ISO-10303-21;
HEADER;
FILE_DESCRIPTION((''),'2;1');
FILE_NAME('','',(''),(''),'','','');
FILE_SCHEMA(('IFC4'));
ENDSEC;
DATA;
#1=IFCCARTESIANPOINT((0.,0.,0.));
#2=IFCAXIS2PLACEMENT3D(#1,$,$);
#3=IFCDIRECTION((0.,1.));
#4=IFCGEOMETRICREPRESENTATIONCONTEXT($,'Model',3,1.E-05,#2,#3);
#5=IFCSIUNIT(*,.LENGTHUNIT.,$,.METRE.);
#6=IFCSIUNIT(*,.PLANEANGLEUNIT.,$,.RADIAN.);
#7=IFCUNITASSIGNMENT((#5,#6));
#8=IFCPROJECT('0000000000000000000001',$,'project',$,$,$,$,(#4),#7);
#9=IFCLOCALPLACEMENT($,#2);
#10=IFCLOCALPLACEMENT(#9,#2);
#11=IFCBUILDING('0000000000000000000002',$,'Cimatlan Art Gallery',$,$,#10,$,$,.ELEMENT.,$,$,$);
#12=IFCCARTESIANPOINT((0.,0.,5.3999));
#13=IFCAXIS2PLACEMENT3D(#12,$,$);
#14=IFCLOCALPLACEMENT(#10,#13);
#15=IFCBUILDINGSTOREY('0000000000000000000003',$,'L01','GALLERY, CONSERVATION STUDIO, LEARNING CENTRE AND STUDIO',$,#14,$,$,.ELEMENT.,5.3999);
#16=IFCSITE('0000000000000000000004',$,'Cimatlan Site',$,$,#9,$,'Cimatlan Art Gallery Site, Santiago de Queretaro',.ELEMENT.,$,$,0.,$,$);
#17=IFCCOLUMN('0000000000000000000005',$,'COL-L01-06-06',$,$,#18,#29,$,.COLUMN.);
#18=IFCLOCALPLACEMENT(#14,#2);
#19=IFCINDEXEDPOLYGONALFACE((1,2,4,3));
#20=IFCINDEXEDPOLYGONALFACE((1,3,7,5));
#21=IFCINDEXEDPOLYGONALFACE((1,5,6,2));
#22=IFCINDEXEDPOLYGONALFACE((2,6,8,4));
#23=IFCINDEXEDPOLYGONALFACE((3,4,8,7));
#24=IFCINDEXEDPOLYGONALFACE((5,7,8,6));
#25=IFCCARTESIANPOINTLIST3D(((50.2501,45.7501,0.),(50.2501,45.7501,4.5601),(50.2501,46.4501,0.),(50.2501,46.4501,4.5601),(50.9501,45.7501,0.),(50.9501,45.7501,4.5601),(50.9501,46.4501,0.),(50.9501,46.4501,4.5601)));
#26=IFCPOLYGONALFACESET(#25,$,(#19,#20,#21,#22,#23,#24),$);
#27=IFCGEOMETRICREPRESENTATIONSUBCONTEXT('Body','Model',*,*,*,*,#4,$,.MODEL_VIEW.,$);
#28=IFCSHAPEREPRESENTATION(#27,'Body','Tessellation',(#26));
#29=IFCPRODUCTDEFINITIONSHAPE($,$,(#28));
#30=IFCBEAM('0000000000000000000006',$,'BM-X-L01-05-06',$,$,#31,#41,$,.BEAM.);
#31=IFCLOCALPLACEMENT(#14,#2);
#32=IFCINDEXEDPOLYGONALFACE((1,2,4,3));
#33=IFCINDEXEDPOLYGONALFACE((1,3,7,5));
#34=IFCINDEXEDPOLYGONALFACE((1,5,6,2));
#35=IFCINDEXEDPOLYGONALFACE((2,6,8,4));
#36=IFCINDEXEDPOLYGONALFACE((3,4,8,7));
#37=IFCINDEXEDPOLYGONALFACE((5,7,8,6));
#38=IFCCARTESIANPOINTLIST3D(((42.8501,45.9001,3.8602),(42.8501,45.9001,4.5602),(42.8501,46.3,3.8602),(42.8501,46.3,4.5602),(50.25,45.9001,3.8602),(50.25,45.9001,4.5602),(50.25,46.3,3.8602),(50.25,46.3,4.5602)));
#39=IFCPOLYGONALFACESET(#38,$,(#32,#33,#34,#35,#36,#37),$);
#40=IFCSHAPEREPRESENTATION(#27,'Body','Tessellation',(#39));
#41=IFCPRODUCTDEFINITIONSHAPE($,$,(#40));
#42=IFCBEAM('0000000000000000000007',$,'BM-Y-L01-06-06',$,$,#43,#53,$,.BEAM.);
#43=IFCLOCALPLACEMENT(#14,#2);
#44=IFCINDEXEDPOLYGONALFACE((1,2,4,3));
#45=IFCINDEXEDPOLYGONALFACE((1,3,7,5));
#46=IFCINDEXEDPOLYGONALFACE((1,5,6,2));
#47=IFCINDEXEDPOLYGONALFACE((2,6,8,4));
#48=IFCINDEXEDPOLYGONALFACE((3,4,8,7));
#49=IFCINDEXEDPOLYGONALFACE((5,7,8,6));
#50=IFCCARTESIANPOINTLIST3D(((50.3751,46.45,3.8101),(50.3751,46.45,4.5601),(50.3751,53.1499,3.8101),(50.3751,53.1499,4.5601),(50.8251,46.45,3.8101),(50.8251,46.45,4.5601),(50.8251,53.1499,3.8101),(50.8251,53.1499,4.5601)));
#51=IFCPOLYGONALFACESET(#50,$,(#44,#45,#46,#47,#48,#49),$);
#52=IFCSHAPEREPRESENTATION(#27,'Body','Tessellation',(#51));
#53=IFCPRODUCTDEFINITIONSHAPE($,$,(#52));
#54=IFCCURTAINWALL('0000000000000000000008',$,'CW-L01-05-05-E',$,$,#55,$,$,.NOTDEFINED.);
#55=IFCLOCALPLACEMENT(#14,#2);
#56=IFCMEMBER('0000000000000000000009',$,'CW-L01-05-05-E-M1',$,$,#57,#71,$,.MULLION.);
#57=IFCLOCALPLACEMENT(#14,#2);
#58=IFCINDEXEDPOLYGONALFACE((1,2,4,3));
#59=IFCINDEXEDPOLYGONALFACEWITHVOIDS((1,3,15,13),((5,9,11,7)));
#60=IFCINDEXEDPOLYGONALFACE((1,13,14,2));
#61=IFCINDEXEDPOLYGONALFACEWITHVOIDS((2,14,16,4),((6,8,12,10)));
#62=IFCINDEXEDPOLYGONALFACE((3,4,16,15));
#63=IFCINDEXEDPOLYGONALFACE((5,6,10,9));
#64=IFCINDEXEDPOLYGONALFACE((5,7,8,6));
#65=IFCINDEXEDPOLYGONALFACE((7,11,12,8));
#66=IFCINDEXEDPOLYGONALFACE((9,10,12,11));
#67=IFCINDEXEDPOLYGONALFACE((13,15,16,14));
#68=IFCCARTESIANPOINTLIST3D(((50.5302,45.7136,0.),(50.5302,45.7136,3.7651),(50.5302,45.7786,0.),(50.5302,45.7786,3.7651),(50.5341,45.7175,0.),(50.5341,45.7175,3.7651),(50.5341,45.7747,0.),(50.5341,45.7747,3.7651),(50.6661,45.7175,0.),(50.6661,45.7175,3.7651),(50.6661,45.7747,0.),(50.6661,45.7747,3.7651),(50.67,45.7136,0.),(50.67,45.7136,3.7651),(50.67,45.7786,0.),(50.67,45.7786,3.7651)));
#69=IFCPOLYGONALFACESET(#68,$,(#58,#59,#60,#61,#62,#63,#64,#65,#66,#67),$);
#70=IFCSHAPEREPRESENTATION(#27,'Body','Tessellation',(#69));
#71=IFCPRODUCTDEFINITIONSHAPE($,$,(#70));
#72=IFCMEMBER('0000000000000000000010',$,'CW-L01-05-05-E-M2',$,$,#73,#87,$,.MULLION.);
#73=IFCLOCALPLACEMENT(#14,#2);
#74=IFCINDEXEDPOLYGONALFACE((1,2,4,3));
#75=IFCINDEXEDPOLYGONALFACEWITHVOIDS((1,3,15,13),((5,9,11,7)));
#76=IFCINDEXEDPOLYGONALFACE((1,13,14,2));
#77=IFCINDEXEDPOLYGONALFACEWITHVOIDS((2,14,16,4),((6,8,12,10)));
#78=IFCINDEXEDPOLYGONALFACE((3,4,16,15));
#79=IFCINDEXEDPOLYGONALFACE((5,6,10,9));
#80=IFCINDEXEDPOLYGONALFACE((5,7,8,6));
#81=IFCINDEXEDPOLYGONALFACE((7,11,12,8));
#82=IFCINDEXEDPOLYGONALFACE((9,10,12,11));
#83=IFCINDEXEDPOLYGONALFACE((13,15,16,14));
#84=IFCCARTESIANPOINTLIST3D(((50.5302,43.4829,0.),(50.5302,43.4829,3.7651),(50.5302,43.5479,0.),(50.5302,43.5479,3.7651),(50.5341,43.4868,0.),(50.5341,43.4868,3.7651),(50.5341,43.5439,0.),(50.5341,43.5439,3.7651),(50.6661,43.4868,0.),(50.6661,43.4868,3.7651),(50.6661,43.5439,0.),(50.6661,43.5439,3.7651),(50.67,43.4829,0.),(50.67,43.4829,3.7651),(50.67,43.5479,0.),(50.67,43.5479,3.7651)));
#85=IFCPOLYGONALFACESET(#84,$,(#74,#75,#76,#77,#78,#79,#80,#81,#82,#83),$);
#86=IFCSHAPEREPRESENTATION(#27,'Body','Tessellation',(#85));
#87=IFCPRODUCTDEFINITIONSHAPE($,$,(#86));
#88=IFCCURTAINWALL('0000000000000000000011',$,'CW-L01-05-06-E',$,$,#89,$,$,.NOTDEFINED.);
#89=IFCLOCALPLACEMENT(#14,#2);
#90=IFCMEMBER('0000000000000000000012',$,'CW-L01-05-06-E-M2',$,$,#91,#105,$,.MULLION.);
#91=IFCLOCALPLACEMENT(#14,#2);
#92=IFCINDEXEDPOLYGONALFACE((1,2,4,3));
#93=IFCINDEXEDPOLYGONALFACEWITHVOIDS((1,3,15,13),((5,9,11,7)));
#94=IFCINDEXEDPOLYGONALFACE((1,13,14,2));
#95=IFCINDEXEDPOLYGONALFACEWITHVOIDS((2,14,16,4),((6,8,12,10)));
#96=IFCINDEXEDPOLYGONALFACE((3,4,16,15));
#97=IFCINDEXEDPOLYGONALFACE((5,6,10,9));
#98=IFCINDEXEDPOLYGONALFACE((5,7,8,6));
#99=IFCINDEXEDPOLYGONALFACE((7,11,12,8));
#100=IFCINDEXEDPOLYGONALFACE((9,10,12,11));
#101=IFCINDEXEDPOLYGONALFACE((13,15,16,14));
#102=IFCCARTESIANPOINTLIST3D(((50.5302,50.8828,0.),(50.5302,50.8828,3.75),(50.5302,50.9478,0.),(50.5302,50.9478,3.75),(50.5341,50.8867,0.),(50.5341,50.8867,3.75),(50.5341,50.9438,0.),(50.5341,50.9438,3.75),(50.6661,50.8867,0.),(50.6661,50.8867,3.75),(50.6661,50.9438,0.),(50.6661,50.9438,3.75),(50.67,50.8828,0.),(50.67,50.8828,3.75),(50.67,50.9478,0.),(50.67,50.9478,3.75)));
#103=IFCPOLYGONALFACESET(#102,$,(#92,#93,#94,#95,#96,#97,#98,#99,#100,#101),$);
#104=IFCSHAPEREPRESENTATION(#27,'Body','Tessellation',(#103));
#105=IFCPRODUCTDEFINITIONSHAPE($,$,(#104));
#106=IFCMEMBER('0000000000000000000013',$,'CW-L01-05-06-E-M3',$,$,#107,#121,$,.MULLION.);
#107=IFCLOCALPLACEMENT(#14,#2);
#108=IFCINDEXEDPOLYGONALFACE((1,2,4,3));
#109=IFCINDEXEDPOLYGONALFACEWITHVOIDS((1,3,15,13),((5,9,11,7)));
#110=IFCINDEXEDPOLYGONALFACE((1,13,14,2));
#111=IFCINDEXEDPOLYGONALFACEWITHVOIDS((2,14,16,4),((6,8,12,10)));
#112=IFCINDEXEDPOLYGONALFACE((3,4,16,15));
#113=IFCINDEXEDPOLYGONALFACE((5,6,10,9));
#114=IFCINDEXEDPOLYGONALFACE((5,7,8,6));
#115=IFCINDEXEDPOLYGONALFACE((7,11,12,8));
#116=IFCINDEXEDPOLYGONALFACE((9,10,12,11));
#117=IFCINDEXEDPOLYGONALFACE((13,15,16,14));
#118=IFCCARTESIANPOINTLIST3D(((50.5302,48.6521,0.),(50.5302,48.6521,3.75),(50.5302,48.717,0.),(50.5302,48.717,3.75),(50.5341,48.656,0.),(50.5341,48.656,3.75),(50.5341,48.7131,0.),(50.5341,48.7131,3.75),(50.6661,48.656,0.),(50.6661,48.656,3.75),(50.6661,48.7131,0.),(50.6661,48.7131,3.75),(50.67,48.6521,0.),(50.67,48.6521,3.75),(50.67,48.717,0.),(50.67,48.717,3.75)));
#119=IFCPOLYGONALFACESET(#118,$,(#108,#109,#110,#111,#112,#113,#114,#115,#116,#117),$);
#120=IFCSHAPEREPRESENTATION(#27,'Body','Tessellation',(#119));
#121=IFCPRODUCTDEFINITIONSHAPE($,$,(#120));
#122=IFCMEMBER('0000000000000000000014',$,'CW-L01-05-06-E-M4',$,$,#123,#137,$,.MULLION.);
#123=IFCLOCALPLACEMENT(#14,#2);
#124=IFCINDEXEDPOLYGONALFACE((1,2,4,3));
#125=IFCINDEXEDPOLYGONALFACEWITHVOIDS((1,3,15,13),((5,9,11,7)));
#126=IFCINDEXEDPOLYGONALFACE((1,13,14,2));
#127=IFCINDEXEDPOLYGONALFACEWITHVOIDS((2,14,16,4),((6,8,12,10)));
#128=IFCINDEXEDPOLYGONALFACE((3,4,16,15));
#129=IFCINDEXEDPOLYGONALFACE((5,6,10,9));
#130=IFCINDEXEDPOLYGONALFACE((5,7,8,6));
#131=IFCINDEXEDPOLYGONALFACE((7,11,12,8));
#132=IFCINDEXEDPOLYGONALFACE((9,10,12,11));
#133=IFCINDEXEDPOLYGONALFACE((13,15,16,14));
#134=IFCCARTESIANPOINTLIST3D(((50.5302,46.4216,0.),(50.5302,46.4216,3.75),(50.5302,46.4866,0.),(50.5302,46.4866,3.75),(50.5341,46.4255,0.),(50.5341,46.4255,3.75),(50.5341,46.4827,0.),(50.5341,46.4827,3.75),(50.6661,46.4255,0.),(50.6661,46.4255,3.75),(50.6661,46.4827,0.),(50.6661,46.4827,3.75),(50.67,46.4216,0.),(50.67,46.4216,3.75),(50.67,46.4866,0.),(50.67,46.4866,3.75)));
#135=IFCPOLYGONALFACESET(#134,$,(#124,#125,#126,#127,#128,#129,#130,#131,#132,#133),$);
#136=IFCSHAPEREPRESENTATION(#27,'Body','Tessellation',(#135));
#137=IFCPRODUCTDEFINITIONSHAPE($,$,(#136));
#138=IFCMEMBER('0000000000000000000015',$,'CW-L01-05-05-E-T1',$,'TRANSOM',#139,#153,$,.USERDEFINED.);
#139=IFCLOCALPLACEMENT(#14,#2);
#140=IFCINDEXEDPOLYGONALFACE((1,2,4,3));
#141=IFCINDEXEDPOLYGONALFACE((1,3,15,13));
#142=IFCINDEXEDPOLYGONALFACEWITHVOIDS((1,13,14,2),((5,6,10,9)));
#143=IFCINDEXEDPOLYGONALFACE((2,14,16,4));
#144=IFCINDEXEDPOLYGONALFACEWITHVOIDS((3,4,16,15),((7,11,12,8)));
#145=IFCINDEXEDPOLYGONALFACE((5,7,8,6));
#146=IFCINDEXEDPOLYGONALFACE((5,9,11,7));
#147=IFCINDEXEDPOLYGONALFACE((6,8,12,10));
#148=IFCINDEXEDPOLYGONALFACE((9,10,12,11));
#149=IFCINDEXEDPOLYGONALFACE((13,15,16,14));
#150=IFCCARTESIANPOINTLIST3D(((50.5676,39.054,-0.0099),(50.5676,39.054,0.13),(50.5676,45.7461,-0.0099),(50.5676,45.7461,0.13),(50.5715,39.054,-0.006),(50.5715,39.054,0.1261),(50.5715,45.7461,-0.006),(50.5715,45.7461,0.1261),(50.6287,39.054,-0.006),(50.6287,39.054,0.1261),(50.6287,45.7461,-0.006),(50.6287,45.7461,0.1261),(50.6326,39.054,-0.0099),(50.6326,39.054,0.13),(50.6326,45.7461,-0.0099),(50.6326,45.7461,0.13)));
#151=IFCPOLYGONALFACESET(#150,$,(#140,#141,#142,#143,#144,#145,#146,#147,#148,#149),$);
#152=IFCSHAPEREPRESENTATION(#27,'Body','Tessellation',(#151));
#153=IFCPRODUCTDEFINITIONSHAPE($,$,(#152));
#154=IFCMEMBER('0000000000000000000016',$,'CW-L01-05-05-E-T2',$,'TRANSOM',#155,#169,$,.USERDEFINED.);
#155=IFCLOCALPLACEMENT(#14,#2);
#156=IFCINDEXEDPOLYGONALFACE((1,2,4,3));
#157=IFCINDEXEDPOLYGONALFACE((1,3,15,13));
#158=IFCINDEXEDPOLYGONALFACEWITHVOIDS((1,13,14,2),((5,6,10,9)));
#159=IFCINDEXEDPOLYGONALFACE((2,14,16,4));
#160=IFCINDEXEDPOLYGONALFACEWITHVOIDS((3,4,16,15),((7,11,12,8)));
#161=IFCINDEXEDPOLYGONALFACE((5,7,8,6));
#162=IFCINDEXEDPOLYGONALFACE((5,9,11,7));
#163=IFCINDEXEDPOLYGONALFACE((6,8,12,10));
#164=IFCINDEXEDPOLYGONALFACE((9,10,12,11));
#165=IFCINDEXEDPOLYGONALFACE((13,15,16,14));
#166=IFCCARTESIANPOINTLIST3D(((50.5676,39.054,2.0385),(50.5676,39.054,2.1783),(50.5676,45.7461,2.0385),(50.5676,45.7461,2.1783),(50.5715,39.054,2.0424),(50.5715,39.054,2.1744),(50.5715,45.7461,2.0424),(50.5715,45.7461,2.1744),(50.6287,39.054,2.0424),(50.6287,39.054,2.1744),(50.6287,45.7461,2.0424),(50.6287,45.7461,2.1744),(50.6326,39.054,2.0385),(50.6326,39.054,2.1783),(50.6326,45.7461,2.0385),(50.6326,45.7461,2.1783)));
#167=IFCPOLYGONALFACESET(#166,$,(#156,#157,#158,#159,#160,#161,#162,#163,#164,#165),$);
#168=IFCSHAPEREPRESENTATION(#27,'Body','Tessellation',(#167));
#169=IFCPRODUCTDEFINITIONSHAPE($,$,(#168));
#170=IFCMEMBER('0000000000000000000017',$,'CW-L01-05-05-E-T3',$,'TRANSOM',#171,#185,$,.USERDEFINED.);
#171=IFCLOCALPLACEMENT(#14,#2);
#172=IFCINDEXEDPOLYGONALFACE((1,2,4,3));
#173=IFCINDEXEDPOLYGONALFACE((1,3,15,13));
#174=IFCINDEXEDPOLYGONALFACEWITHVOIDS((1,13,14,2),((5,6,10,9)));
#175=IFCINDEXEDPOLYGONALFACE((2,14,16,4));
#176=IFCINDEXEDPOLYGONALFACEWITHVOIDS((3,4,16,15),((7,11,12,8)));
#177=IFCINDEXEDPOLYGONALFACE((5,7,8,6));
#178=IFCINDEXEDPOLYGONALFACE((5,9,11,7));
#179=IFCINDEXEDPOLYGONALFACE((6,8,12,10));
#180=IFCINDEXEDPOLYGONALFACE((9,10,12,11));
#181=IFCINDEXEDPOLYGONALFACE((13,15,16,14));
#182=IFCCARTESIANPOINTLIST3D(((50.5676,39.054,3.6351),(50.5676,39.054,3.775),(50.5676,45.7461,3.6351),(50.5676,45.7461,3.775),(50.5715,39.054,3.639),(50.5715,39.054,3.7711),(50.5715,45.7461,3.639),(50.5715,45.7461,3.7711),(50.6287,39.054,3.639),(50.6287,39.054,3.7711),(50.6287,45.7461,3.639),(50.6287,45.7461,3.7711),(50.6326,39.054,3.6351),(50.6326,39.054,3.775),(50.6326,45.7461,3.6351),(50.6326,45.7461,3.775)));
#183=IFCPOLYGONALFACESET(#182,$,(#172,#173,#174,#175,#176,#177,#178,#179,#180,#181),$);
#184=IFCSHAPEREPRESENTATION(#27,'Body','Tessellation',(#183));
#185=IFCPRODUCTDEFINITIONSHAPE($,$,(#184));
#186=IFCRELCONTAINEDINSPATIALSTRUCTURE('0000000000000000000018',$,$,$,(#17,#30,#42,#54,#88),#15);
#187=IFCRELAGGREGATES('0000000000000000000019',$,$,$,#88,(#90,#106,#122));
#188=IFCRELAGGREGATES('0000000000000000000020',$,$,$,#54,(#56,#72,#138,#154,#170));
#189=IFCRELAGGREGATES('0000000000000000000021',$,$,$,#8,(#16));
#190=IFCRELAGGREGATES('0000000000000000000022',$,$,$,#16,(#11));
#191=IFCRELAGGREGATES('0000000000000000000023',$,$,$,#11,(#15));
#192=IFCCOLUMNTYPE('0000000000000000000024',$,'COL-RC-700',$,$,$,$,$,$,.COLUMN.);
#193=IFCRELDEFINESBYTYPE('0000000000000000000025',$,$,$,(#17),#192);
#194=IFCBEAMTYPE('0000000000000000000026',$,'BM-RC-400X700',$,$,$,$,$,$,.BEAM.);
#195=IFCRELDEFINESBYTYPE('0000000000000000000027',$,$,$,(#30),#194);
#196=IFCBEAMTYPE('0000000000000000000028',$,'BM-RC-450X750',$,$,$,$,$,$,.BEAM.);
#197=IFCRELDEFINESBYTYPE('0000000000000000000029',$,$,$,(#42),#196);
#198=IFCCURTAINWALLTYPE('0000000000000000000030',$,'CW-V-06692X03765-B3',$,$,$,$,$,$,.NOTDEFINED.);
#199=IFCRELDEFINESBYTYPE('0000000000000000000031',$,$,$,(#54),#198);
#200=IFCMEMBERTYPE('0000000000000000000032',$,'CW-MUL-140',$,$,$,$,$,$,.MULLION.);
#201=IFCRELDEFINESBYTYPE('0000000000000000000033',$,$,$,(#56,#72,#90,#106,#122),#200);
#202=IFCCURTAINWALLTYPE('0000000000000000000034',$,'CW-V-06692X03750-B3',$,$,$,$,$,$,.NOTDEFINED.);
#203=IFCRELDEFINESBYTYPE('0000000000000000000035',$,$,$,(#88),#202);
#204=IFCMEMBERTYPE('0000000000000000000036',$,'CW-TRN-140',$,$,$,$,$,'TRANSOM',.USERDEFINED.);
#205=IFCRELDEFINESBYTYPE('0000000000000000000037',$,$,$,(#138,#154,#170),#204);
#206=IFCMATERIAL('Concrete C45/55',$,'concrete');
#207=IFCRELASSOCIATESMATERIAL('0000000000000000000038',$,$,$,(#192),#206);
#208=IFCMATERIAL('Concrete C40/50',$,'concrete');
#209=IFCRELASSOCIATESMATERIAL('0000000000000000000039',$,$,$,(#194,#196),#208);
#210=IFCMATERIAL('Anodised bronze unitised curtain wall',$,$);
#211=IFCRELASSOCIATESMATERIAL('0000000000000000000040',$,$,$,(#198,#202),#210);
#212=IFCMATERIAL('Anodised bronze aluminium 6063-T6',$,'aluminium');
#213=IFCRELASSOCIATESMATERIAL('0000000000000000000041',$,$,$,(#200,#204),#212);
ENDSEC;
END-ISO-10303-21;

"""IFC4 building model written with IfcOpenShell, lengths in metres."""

from ifc_helpers import new_model, si_unit, direction, frame, origin, origin_2d, place, context, subcontext, project, spatial, rectangle, hollow_rectangle, extrude, material, material_profile, profile_set, type_object, element, aggregate, save


model = new_model("IFC4")

# Units and contexts
model_context = context("Model", 3, precision=1e-05, world=origin(), true_north=direction((0.0, 1.0)))
body_context = subcontext(model_context, "Body", "Model", "MODEL_VIEW")
ifc_project = project(units=[si_unit("LENGTHUNIT", "METRE"), si_unit("PLANEANGLEUNIT", "RADIAN")], contexts=[model_context])

# Site, building, storey
site_placement = place(None, origin())
site = spatial("IfcSite", under=ifc_project, at=site_placement, Name="Cimatlan Site", LongName="Cimatlan Art Gallery Site, Santiago de Queretaro", CompositionType="ELEMENT", RefElevation=0.0)
building_placement = place(site_placement, origin())
building = spatial("IfcBuilding", under=site, at=building_placement, Name="Cimatlan Art Gallery", CompositionType="ELEMENT")
storey_placement = place(building_placement, frame((0.0, 0.0, 5.3999)))
storey = spatial("IfcBuildingStorey", under=building, at=storey_placement, Name="L01", Description="GALLERY, CONSERVATION STUDIO, LEARNING CENTRE AND STUDIO", CompositionType="ELEMENT", Elevation=5.3999)

# Column
ifc_material_1 = material(Name="Concrete C45/55", Category="concrete")
ifc_material_profile_1 = material_profile(ifc_material_1, rectangle(XDim=0.7, YDim=0.7, at=origin_2d()), Name="RC700X700")
ifc_profile_set_1 = profile_set([ifc_material_profile_1], Name="Concrete C45/55")
column_type = type_object("IfcColumnType", Name="COL-RC-700", PredefinedType="COLUMN", material=ifc_profile_set_1)
column_placement = place(storey_placement, frame((50.6001, 46.1001, 0.0), z_axis=(0.0, 0.0, 1.0), x_axis=(1.0, 0.0, 0.0)))
element("IfcColumn", 1, at=column_placement, inside=storey, type_object=column_type, Name="COL-L01-06-06", PredefinedType="COLUMN", context=body_context, shape_type="SweptSolid", body=[
    extrude(rectangle(XDim=0.7, YDim=0.7, at=origin_2d()), origin(), (0.0, 0.0, 1.0), 4.5601),
])

# Beams
ifc_material_2 = material(Name="Concrete C40/50", Category="concrete")
ifc_material_profile_2 = material_profile(ifc_material_2, rectangle(XDim=0.3999, YDim=0.7, at=origin_2d()), Name="RC400X700")
ifc_profile_set_2 = profile_set([ifc_material_profile_2], Name="Concrete C40/50")
beam_type_1 = type_object("IfcBeamType", Name="BM-RC-400X700", PredefinedType="BEAM", material=ifc_profile_set_2)
beam_1_placement = place(storey_placement, frame((42.8501, 46.1001, 4.2102), z_axis=(1.0, 0.0, 0.0), x_axis=(0.0, 1.0, 0.0)))
element("IfcBeam", 2, at=beam_1_placement, inside=storey, type_object=beam_type_1, Name="BM-X-L01-05-06", PredefinedType="BEAM", context=body_context, shape_type="SweptSolid", body=[
    extrude(rectangle(XDim=0.3999, YDim=0.7, at=origin_2d()), origin(), (0.0, 0.0, 1.0), 7.3999),
])
ifc_material_profile_3 = material_profile(ifc_material_2, rectangle(XDim=0.45, YDim=0.75, at=origin_2d()), Name="RC450X750")
ifc_profile_set_3 = profile_set([ifc_material_profile_3], Name="Concrete C40/50")
beam_type_2 = type_object("IfcBeamType", Name="BM-RC-450X750", PredefinedType="BEAM", material=ifc_profile_set_3)
beam_2_placement = place(storey_placement, frame((50.6001, 46.45, 4.1851), z_axis=(0.0, 1.0, 0.0), x_axis=(-1.0, 0.0, 0.0)))
element("IfcBeam", 3, at=beam_2_placement, inside=storey, type_object=beam_type_2, Name="BM-Y-L01-06-06", PredefinedType="BEAM", context=body_context, shape_type="SweptSolid", body=[
    extrude(rectangle(XDim=0.45, YDim=0.75, at=origin_2d()), origin(), (0.0, 0.0, 1.0), 6.7),
])

# Curtain walls, members
ifc_material_3 = material(Name="Anodised bronze unitised curtain wall")
curtain_wall_type_1 = type_object("IfcCurtainWallType", Name="CW-V-06692X03765-B3", PredefinedType="NOTDEFINED", material=ifc_material_3)
curtain_wall_1_placement = place(storey_placement, origin())
curtain_wall_1 = element("IfcCurtainWall", 4, at=curtain_wall_1_placement, inside=storey, type_object=curtain_wall_type_1, Name="CW-L01-05-05-E", PredefinedType="NOTDEFINED")
ifc_material_4 = material(Name="Anodised bronze aluminium 6063-T6", Category="aluminium")
ifc_material_profile_4 = material_profile(ifc_material_4, hollow_rectangle(XDim=0.0649, YDim=0.1399, WallThickness=0.0039, at=origin_2d()), Name="ALU65X140X4")
ifc_profile_set_4 = profile_set([ifc_material_profile_4], Name="Anodised bronze aluminium 6063-T6")
member_type_1 = type_object("IfcMemberType", Name="CW-MUL-140", PredefinedType="MULLION", material=ifc_profile_set_4)
member_1_placement = place(storey_placement, frame((50.6001, 45.7461, 0.0), z_axis=(0.0, 0.0, 1.0), x_axis=(0.0, 1.0, 0.0)))
member_1 = element("IfcMember", 5, at=member_1_placement, type_object=member_type_1, Name="CW-L01-05-05-E-M1", PredefinedType="MULLION", context=body_context, shape_type="SweptSolid", body=[
    extrude(hollow_rectangle(XDim=0.0649, YDim=0.1399, WallThickness=0.0039, at=origin_2d()), origin(), (0.0, 0.0, 1.0), 3.7651),
])
member_2_placement = place(storey_placement, frame((50.6001, 43.5154, 0.0), z_axis=(0.0, 0.0, 1.0), x_axis=(0.0, 1.0, 0.0)))
member_2 = element("IfcMember", 6, at=member_2_placement, type_object=member_type_1, Name="CW-L01-05-05-E-M2", PredefinedType="MULLION", context=body_context, shape_type="SweptSolid", body=[
    extrude(hollow_rectangle(XDim=0.0649, YDim=0.1399, WallThickness=0.0039, at=origin_2d()), origin(), (0.0, 0.0, 1.0), 3.7651),
])
curtain_wall_type_2 = type_object("IfcCurtainWallType", Name="CW-V-06692X03750-B3", PredefinedType="NOTDEFINED", material=ifc_material_3)
curtain_wall_2_placement = place(storey_placement, origin())
curtain_wall_2 = element("IfcCurtainWall", 7, at=curtain_wall_2_placement, inside=storey, type_object=curtain_wall_type_2, Name="CW-L01-05-06-E", PredefinedType="NOTDEFINED")
member_3_placement = place(storey_placement, frame((50.6001, 50.9153, 0.0), z_axis=(0.0, 0.0, 1.0), x_axis=(0.0, 1.0, 0.0)))
member_3 = element("IfcMember", 8, at=member_3_placement, type_object=member_type_1, Name="CW-L01-05-06-E-M2", PredefinedType="MULLION", context=body_context, shape_type="SweptSolid", body=[
    extrude(hollow_rectangle(XDim=0.0649, YDim=0.1399, WallThickness=0.0039, at=origin_2d()), origin(), (0.0, 0.0, 1.0), 3.75),
])
member_4_placement = place(storey_placement, frame((50.6001, 48.6846, 0.0), z_axis=(0.0, 0.0, 1.0), x_axis=(0.0, 1.0, 0.0)))
member_4 = element("IfcMember", 9, at=member_4_placement, type_object=member_type_1, Name="CW-L01-05-06-E-M3", PredefinedType="MULLION", context=body_context, shape_type="SweptSolid", body=[
    extrude(hollow_rectangle(XDim=0.0649, YDim=0.1399, WallThickness=0.0039, at=origin_2d()), origin(), (0.0, 0.0, 1.0), 3.75),
])
member_5_placement = place(storey_placement, frame((50.6001, 46.4541, 0.0), z_axis=(0.0, 0.0, 1.0), x_axis=(0.0, 1.0, 0.0)))
member_5 = element("IfcMember", 10, at=member_5_placement, type_object=member_type_1, Name="CW-L01-05-06-E-M4", PredefinedType="MULLION", context=body_context, shape_type="SweptSolid", body=[
    extrude(hollow_rectangle(XDim=0.0649, YDim=0.1399, WallThickness=0.0039, at=origin_2d()), origin(), (0.0, 0.0, 1.0), 3.75),
])

# Members
ifc_material_profile_5 = material_profile(ifc_material_4, hollow_rectangle(XDim=0.0649, YDim=0.1399, WallThickness=0.0039, at=origin_2d()), Name="ALU65X140X4")
ifc_profile_set_5 = profile_set([ifc_material_profile_5], Name="Anodised bronze aluminium 6063-T6")
member_type_2 = type_object("IfcMemberType", Name="CW-TRN-140", ElementType="TRANSOM", PredefinedType="USERDEFINED", material=ifc_profile_set_5)
member_6_placement = place(storey_placement, frame((50.6001, 45.7461, 0.0601), z_axis=(0.0, -1.0, 0.0), x_axis=(1.0, 0.0, 0.0)))
member_6 = element("IfcMember", 11, at=member_6_placement, type_object=member_type_2, Name="CW-L01-05-05-E-T1", ObjectType="TRANSOM", PredefinedType="USERDEFINED", context=body_context, shape_type="SweptSolid", body=[
    extrude(hollow_rectangle(XDim=0.0649, YDim=0.1399, WallThickness=0.0039, at=origin_2d()), origin(), (0.0, 0.0, 1.0), 6.6921),
])
member_7_placement = place(storey_placement, frame((50.6001, 45.7461, 2.1084), z_axis=(0.0, -1.0, 0.0), x_axis=(1.0, 0.0, 0.0)))
member_7 = element("IfcMember", 12, at=member_7_placement, type_object=member_type_2, Name="CW-L01-05-05-E-T2", ObjectType="TRANSOM", PredefinedType="USERDEFINED", context=body_context, shape_type="SweptSolid", body=[
    extrude(hollow_rectangle(XDim=0.0649, YDim=0.1399, WallThickness=0.0039, at=origin_2d()), origin(), (0.0, 0.0, 1.0), 6.6921),
])
member_8_placement = place(storey_placement, frame((50.6001, 45.7461, 3.7051), z_axis=(0.0, -1.0, 0.0), x_axis=(1.0, 0.0, 0.0)))
member_8 = element("IfcMember", 13, at=member_8_placement, type_object=member_type_2, Name="CW-L01-05-05-E-T3", ObjectType="TRANSOM", PredefinedType="USERDEFINED", context=body_context, shape_type="SweptSolid", body=[
    extrude(hollow_rectangle(XDim=0.0649, YDim=0.1399, WallThickness=0.0039, at=origin_2d()), origin(), (0.0, 0.0, 1.0), 6.6921),
])

aggregate(curtain_wall_2, [member_3, member_4, member_5])
aggregate(curtain_wall_1, [member_1, member_2, member_6, member_7, member_8])

save(model, "model.ifc")
